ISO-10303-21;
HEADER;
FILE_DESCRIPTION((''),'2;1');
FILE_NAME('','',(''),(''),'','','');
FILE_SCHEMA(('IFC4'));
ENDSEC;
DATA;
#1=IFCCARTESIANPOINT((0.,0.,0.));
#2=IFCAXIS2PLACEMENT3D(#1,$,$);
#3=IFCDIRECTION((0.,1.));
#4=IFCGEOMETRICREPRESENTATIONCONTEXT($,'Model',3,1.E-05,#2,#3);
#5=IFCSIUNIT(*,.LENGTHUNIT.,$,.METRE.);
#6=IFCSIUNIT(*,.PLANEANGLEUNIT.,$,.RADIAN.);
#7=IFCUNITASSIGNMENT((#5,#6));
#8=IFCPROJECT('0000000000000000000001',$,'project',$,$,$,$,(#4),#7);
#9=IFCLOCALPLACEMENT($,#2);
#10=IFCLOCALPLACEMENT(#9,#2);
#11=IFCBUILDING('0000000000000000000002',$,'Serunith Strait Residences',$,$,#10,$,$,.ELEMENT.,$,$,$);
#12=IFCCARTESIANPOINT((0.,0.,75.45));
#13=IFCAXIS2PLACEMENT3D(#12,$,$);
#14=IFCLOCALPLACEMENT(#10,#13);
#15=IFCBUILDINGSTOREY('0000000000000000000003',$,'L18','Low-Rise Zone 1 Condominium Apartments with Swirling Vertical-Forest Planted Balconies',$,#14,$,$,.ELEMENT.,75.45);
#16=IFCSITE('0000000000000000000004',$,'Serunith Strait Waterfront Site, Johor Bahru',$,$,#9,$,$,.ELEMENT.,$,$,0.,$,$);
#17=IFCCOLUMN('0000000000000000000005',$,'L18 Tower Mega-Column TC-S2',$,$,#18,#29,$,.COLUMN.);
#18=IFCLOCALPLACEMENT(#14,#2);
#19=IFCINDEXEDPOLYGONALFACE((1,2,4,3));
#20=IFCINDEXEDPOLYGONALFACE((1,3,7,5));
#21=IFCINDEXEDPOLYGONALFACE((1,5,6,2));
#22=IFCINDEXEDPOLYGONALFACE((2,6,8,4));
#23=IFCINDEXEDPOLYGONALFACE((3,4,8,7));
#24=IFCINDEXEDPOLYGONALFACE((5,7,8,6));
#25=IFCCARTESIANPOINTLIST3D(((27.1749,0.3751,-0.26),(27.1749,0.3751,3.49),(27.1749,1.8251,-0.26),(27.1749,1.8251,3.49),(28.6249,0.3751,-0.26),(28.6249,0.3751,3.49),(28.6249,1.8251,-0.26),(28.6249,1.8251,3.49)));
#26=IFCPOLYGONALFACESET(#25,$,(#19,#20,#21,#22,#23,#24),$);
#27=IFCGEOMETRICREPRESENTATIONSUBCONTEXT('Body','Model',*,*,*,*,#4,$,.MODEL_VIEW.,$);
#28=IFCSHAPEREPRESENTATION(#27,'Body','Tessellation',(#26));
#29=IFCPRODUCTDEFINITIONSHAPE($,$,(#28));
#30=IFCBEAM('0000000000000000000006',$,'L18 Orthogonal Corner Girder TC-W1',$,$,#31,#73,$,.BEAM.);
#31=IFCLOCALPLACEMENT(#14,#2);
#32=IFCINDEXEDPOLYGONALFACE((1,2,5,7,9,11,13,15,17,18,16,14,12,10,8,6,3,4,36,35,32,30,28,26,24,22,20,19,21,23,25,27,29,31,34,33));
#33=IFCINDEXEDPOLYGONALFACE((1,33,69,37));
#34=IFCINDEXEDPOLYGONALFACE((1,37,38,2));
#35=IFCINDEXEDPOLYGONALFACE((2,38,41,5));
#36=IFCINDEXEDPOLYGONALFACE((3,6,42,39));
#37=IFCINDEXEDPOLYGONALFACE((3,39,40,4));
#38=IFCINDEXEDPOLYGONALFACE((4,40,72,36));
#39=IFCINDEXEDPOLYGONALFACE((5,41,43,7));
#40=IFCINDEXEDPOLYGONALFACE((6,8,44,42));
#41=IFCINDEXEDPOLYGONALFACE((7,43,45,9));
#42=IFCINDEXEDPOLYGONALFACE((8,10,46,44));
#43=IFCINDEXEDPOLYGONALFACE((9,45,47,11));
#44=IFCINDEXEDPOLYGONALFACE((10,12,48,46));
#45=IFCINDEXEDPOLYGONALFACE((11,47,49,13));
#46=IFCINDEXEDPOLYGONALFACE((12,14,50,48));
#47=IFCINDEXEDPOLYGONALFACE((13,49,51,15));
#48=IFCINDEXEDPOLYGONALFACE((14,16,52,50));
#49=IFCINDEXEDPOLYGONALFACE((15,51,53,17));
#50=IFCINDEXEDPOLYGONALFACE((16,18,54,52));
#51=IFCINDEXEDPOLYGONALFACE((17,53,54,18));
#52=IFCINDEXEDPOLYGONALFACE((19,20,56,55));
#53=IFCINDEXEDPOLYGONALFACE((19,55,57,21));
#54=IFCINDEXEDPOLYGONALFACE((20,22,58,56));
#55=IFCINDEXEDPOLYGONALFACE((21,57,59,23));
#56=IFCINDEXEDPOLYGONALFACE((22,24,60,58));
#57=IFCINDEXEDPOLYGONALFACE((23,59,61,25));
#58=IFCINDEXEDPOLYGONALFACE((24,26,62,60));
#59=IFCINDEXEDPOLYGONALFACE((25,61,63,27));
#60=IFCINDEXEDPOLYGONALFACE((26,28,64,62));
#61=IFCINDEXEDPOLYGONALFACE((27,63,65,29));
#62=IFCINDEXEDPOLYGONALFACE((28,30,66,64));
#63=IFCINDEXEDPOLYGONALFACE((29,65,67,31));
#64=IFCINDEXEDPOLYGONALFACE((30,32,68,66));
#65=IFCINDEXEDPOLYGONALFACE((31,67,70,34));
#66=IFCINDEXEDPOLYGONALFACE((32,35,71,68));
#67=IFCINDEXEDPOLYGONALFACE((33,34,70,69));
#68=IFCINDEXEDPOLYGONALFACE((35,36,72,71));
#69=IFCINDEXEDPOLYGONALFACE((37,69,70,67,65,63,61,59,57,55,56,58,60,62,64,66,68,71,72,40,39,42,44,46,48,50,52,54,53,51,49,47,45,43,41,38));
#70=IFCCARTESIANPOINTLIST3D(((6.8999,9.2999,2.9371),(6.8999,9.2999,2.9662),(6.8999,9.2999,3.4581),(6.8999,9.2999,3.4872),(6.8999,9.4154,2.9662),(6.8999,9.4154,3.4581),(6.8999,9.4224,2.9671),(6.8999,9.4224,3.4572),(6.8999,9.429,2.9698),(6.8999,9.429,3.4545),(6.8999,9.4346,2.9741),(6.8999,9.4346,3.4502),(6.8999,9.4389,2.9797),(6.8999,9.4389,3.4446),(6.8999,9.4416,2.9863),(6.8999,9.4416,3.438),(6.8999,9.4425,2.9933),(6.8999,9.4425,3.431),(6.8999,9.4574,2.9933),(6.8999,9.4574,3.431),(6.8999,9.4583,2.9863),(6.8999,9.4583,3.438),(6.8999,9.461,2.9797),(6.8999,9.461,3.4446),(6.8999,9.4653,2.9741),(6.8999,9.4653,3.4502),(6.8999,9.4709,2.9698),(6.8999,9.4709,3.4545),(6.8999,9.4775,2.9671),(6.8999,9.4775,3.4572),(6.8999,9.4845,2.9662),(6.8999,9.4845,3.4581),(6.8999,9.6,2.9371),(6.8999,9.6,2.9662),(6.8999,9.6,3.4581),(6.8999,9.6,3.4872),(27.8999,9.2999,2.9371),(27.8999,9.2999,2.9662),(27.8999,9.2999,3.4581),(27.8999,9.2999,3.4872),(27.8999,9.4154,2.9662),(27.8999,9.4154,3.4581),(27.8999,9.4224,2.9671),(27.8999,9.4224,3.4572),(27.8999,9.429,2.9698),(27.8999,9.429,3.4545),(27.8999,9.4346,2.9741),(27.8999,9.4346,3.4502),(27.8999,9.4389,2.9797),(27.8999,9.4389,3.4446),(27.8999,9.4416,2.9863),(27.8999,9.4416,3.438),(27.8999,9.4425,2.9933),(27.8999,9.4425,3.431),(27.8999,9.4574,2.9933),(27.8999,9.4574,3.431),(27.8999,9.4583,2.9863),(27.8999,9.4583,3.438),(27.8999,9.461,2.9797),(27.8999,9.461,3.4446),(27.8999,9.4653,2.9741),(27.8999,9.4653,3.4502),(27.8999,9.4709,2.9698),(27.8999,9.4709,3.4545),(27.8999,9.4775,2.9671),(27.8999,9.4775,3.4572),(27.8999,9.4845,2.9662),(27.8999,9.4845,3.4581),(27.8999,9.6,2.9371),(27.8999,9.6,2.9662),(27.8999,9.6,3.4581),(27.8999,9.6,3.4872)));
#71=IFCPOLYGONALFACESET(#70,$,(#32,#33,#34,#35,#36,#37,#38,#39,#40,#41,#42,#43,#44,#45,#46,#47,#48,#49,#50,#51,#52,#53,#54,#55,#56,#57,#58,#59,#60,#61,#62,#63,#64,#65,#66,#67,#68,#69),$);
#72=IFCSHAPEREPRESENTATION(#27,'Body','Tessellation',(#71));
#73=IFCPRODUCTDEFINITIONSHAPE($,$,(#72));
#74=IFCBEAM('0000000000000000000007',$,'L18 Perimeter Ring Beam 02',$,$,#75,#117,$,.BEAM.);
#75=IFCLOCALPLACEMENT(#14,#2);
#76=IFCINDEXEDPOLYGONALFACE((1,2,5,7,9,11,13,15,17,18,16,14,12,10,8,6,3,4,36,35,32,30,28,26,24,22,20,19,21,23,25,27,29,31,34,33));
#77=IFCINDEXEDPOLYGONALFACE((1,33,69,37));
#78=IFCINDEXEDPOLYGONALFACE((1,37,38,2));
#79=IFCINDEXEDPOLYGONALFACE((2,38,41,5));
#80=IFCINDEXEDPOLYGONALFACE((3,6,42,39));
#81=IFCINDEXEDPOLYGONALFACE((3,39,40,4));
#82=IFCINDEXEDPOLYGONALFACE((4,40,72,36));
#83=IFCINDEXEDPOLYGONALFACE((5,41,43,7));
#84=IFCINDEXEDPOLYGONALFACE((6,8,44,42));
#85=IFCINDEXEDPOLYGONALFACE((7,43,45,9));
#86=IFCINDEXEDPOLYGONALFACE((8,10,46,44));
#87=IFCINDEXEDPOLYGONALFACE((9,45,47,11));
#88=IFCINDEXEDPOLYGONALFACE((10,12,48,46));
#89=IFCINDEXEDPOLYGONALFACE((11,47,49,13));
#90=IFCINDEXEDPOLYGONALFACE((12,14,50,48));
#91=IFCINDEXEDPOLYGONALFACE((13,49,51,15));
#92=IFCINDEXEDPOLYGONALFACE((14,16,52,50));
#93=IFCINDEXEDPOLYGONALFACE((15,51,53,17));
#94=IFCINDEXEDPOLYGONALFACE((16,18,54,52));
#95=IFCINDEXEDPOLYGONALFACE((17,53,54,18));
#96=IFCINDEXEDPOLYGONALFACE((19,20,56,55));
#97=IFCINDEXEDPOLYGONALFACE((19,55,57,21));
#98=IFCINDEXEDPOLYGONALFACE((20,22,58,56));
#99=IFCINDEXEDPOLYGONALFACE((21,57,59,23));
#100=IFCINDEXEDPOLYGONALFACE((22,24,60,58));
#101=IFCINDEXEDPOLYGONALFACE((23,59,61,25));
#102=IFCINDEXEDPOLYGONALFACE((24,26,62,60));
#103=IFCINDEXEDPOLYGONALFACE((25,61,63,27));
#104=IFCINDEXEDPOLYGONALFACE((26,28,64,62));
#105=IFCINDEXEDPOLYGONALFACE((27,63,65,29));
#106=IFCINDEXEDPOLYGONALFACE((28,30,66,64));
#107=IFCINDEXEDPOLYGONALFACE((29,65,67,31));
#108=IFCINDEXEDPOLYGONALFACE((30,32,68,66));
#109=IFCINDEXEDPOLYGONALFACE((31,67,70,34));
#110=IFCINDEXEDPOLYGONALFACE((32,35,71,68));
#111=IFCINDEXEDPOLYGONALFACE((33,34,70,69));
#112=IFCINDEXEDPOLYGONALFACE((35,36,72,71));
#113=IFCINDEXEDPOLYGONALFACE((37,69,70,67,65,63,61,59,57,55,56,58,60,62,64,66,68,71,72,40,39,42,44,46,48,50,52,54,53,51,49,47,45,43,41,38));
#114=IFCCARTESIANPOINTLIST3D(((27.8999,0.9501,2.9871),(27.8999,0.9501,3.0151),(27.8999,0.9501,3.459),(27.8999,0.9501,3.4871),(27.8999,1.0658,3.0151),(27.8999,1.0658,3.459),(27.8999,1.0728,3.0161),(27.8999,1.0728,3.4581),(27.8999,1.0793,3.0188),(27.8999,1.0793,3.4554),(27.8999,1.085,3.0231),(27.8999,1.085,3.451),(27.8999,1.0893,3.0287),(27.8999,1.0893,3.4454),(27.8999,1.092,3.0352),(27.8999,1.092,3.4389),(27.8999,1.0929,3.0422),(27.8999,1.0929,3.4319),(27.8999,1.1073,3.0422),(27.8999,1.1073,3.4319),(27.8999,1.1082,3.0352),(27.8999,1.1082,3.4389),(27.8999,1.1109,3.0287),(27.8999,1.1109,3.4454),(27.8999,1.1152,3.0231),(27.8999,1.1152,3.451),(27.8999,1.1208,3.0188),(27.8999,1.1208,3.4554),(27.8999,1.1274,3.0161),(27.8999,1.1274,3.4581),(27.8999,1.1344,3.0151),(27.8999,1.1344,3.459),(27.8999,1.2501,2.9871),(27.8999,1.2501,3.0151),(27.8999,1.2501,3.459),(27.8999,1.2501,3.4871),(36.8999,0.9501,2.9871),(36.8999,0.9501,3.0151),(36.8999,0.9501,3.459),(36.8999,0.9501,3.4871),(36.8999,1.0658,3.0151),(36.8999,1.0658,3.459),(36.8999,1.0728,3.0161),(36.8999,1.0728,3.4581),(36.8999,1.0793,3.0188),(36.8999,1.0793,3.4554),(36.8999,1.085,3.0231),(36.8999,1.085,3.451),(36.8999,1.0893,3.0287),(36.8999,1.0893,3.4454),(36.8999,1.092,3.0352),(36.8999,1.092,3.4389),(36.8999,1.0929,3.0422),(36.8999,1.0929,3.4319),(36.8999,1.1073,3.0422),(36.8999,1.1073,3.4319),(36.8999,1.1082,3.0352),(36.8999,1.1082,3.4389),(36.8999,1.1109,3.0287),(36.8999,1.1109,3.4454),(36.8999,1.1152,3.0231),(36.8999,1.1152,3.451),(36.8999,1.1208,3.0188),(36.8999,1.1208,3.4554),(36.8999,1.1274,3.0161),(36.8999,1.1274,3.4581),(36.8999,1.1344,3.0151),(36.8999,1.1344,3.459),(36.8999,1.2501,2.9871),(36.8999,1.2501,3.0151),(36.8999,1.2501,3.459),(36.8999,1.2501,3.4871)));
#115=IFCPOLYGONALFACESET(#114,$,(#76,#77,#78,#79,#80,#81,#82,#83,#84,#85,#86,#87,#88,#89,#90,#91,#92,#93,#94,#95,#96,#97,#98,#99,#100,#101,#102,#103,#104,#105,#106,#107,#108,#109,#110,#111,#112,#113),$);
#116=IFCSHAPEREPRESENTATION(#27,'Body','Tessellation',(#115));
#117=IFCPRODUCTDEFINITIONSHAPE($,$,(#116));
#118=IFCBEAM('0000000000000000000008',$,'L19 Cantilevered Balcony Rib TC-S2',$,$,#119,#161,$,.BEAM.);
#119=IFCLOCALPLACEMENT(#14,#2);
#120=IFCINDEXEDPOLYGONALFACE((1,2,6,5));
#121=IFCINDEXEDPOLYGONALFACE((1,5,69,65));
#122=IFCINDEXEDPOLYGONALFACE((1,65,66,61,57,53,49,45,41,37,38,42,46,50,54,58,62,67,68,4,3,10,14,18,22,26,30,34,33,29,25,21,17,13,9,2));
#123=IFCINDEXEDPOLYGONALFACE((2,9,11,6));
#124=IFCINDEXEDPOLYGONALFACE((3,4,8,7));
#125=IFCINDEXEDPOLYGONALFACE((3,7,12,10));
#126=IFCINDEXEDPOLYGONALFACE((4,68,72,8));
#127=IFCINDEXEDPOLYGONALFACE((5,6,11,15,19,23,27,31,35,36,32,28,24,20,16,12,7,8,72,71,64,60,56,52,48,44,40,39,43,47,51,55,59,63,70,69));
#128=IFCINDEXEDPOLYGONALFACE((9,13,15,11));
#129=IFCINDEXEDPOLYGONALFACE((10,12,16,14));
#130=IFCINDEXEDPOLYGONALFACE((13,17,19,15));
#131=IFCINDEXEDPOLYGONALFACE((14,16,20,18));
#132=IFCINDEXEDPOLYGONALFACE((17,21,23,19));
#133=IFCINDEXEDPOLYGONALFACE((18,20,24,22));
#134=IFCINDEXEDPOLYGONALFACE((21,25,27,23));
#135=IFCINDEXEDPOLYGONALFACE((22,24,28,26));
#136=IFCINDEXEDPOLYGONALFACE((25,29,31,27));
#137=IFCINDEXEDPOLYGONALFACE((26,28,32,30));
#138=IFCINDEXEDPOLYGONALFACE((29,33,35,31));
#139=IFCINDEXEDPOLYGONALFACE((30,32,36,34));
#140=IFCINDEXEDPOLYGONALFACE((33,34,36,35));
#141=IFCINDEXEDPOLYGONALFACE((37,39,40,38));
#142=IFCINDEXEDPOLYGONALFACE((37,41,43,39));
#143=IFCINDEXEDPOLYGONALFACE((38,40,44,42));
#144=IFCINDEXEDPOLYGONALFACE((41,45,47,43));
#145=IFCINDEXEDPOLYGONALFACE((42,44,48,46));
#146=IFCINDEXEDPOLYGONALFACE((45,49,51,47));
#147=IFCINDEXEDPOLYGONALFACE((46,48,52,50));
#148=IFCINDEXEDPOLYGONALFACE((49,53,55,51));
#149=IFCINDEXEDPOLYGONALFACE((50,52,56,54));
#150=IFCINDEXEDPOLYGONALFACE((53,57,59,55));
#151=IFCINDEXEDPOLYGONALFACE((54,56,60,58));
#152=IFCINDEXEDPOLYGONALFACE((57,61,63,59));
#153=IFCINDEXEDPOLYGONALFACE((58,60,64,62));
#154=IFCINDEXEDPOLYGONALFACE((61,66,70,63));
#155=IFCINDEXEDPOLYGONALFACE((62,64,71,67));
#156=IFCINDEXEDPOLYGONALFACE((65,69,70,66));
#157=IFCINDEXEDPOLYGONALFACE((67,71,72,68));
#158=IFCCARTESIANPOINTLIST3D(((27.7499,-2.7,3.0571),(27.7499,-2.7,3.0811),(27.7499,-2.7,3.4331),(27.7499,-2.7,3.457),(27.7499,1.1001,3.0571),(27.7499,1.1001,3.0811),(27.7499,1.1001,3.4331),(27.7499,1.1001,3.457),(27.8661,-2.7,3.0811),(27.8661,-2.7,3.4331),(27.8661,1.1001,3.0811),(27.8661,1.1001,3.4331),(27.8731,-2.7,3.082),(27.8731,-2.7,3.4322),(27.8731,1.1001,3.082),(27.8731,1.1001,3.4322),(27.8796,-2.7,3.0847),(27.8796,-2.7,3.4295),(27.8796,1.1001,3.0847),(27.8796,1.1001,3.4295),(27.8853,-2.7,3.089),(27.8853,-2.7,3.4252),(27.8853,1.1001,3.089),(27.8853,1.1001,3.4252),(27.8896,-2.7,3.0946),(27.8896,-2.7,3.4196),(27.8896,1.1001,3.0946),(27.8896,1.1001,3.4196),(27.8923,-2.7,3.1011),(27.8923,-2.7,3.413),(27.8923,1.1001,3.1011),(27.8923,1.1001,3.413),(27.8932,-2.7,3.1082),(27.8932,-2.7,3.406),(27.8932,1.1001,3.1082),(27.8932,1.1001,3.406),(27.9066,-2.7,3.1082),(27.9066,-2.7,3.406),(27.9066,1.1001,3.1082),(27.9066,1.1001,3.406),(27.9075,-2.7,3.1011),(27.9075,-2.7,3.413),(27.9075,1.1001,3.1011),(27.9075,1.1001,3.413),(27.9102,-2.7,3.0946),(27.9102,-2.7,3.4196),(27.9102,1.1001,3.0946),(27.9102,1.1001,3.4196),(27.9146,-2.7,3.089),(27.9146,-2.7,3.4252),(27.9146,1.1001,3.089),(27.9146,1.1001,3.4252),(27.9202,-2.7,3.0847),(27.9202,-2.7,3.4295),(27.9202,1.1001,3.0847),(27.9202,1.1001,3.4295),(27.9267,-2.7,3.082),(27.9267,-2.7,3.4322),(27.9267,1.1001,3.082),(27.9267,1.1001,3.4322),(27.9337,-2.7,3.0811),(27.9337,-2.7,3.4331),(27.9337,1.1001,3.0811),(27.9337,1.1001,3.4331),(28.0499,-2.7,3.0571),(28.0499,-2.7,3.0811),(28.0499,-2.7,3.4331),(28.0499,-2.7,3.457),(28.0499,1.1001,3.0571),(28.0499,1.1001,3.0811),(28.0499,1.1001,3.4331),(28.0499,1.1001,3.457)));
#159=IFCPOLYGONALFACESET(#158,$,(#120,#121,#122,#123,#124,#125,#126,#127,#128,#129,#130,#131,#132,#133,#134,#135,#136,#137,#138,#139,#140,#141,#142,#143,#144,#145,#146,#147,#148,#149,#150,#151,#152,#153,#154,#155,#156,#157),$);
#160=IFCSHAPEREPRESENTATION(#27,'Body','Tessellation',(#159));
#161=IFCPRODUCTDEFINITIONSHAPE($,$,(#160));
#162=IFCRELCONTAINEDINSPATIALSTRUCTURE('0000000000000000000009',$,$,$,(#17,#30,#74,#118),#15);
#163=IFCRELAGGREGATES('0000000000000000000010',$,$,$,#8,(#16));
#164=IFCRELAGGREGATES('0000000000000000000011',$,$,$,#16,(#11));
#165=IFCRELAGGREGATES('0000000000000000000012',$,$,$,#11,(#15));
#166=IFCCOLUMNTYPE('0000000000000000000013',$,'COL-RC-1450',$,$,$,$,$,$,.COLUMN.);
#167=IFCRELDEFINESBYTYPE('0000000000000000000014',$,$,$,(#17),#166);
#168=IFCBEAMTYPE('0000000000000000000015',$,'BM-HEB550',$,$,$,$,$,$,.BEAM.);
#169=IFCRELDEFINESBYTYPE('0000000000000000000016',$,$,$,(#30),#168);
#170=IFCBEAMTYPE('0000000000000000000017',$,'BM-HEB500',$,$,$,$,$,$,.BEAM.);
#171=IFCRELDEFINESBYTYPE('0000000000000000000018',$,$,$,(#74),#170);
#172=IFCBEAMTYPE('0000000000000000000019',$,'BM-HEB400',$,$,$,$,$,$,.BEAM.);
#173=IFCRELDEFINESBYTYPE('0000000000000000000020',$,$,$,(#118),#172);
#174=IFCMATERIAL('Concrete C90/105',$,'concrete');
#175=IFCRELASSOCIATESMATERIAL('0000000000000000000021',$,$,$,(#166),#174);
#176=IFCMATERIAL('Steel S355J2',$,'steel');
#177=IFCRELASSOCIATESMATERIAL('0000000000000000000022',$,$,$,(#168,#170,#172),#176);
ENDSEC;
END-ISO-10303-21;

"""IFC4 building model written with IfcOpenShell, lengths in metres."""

from ifc_helpers import new_model, si_unit, direction, frame, origin, origin_2d, place, context, subcontext, project, spatial, rectangle, i_section, extrude, source, transform, mapped, material, material_profile, profile_set, type_object, element, save


model = new_model("IFC4")

# Units and contexts
model_context = context("Model", 3, precision=1e-05, world=origin(), true_north=direction((0.0, 1.0)))
body_context = subcontext(model_context, "Body", "Model", "MODEL_VIEW")
ifc_project = project(units=[si_unit("LENGTHUNIT", "METRE"), si_unit("PLANEANGLEUNIT", "RADIAN")], contexts=[model_context])

# Site, building, storey
site_placement = place(None, origin())
site = spatial("IfcSite", under=ifc_project, at=site_placement, Name="Serunith Strait Waterfront Site, Johor Bahru", CompositionType="ELEMENT", RefElevation=0.0)
building_placement = place(site_placement, origin())
building = spatial("IfcBuilding", under=site, at=building_placement, Name="Serunith Strait Residences", CompositionType="ELEMENT")
storey_placement = place(building_placement, frame((0.0, 0.0, 75.45)))
storey = spatial("IfcBuildingStorey", under=building, at=storey_placement, Name="L18", Description="Low-Rise Zone 1 Condominium Apartments with Swirling Vertical-Forest Planted Balconies", CompositionType="ELEMENT", Elevation=75.45)

# Column
ifc_material_1 = material(Name="Concrete C90/105", Category="concrete")
ifc_material_profile_1 = material_profile(ifc_material_1, rectangle(XDim=1.45, YDim=1.45, at=origin_2d()), Name="RC 1450x1450")
ifc_profile_set_1 = profile_set([ifc_material_profile_1], Name="Concrete C90/105")
column_type = type_object("IfcColumnType", Name="COL-RC-1450", PredefinedType="COLUMN", material=ifc_profile_set_1)
shared_shape_1 = source(origin(), body_context, "Body", "SweptSolid", [
    extrude(rectangle(XDim=1.45, YDim=1.45, at=origin_2d()), origin(), (0.0, 0.0, 1.0), 3.75),
])
column_placement = place(storey_placement, frame((27.8999, 1.1001, -0.26), z_axis=(0.0, 0.0, 1.0), x_axis=(1.0, 0.0, 0.0)))
element("IfcColumn", 1, at=column_placement, inside=storey, type_object=column_type, Name="L18 Tower Mega-Column TC-S2", PredefinedType="COLUMN", context=body_context, shape_type="MappedRepresentation", body=[
    mapped(shared_shape_1, transform((0.0, 0.0, 0.0), scale=1.0)),
])

# Beams
ifc_material_2 = material(Name="Steel S355J2", Category="steel")
ifc_material_profile_2 = material_profile(ifc_material_2, i_section(OverallWidth=0.3, OverallDepth=0.55, WebThickness=0.0149, FlangeThickness=0.0291, FilletRadius=0.0271, at=origin_2d()), Name="HEB 550")
ifc_profile_set_2 = profile_set([ifc_material_profile_2], Name="Steel S355J2")
beam_type_1 = type_object("IfcBeamType", Name="BM-HEB550", PredefinedType="BEAM", material=ifc_profile_set_2)
shared_shape_2 = source(origin(), body_context, "Body", "SweptSolid", [
    extrude(i_section(OverallWidth=0.3, OverallDepth=0.55, WebThickness=0.0149, FlangeThickness=0.0291, FilletRadius=0.0271, at=origin_2d()), origin(), (0.0, 0.0, 1.0), 21.0),
])
beam_1_placement = place(storey_placement, frame((27.8999, 9.45, 3.2122), z_axis=(-1.0, 0.0, 0.0), x_axis=(0.0, -1.0, 0.0)))
element("IfcBeam", 2, at=beam_1_placement, inside=storey, type_object=beam_type_1, Name="L18 Orthogonal Corner Girder TC-W1", PredefinedType="BEAM", context=body_context, shape_type="MappedRepresentation", body=[
    mapped(shared_shape_2, transform((0.0, 0.0, 0.0), scale=1.0)),
])
ifc_material_profile_3 = material_profile(ifc_material_2, i_section(OverallWidth=0.3, OverallDepth=0.5, WebThickness=0.0144, FlangeThickness=0.0281, FilletRadius=0.0271, at=origin_2d()), Name="HEB 500")
ifc_profile_set_3 = profile_set([ifc_material_profile_3], Name="Steel S355J2")
beam_type_2 = type_object("IfcBeamType", Name="BM-HEB500", PredefinedType="BEAM", material=ifc_profile_set_3)
shared_shape_3 = source(origin(), body_context, "Body", "SweptSolid", [
    extrude(i_section(OverallWidth=0.3, OverallDepth=0.5, WebThickness=0.0144, FlangeThickness=0.0281, FilletRadius=0.0271, at=origin_2d()), origin(), (0.0, 0.0, 1.0), 9.0),
])
beam_2_placement = place(storey_placement, frame((27.8999, 1.1001, 3.2371), z_axis=(1.0, 0.0, 0.0), x_axis=(0.0, 1.0, 0.0)))
element("IfcBeam", 3, at=beam_2_placement, inside=storey, type_object=beam_type_2, Name="L18 Perimeter Ring Beam 02", PredefinedType="BEAM", context=body_context, shape_type="MappedRepresentation", body=[
    mapped(shared_shape_3, transform((0.0, 0.0, 0.0), scale=1.0)),
])
ifc_material_profile_4 = material_profile(ifc_material_2, i_section(OverallWidth=0.3, OverallDepth=0.3999, WebThickness=0.0134, FlangeThickness=0.0239, FilletRadius=0.0271, at=origin_2d()), Name="HEB 400")
ifc_profile_set_4 = profile_set([ifc_material_profile_4], Name="Steel S355J2")
beam_type_3 = type_object("IfcBeamType", Name="BM-HEB400", PredefinedType="BEAM", material=ifc_profile_set_4)
shared_shape_4 = source(origin(), body_context, "Body", "SweptSolid", [
    extrude(i_section(OverallWidth=0.3, OverallDepth=0.3999, WebThickness=0.0134, FlangeThickness=0.0239, FilletRadius=0.0271, at=origin_2d()), origin(), (0.0, 0.0, 1.0), 3.8),
])
beam_3_placement = place(storey_placement, frame((27.8999, 1.1001, 3.2571), z_axis=(0.0, -1.0, 0.0), x_axis=(1.0, 0.0, 0.0)))
element("IfcBeam", 4, at=beam_3_placement, inside=storey, type_object=beam_type_3, Name="L19 Cantilevered Balcony Rib TC-S2", PredefinedType="BEAM", context=body_context, shape_type="MappedRepresentation", body=[
    mapped(shared_shape_4, transform((0.0, 0.0, 0.0), scale=1.0)),
])

save(model, "model.ifc")
